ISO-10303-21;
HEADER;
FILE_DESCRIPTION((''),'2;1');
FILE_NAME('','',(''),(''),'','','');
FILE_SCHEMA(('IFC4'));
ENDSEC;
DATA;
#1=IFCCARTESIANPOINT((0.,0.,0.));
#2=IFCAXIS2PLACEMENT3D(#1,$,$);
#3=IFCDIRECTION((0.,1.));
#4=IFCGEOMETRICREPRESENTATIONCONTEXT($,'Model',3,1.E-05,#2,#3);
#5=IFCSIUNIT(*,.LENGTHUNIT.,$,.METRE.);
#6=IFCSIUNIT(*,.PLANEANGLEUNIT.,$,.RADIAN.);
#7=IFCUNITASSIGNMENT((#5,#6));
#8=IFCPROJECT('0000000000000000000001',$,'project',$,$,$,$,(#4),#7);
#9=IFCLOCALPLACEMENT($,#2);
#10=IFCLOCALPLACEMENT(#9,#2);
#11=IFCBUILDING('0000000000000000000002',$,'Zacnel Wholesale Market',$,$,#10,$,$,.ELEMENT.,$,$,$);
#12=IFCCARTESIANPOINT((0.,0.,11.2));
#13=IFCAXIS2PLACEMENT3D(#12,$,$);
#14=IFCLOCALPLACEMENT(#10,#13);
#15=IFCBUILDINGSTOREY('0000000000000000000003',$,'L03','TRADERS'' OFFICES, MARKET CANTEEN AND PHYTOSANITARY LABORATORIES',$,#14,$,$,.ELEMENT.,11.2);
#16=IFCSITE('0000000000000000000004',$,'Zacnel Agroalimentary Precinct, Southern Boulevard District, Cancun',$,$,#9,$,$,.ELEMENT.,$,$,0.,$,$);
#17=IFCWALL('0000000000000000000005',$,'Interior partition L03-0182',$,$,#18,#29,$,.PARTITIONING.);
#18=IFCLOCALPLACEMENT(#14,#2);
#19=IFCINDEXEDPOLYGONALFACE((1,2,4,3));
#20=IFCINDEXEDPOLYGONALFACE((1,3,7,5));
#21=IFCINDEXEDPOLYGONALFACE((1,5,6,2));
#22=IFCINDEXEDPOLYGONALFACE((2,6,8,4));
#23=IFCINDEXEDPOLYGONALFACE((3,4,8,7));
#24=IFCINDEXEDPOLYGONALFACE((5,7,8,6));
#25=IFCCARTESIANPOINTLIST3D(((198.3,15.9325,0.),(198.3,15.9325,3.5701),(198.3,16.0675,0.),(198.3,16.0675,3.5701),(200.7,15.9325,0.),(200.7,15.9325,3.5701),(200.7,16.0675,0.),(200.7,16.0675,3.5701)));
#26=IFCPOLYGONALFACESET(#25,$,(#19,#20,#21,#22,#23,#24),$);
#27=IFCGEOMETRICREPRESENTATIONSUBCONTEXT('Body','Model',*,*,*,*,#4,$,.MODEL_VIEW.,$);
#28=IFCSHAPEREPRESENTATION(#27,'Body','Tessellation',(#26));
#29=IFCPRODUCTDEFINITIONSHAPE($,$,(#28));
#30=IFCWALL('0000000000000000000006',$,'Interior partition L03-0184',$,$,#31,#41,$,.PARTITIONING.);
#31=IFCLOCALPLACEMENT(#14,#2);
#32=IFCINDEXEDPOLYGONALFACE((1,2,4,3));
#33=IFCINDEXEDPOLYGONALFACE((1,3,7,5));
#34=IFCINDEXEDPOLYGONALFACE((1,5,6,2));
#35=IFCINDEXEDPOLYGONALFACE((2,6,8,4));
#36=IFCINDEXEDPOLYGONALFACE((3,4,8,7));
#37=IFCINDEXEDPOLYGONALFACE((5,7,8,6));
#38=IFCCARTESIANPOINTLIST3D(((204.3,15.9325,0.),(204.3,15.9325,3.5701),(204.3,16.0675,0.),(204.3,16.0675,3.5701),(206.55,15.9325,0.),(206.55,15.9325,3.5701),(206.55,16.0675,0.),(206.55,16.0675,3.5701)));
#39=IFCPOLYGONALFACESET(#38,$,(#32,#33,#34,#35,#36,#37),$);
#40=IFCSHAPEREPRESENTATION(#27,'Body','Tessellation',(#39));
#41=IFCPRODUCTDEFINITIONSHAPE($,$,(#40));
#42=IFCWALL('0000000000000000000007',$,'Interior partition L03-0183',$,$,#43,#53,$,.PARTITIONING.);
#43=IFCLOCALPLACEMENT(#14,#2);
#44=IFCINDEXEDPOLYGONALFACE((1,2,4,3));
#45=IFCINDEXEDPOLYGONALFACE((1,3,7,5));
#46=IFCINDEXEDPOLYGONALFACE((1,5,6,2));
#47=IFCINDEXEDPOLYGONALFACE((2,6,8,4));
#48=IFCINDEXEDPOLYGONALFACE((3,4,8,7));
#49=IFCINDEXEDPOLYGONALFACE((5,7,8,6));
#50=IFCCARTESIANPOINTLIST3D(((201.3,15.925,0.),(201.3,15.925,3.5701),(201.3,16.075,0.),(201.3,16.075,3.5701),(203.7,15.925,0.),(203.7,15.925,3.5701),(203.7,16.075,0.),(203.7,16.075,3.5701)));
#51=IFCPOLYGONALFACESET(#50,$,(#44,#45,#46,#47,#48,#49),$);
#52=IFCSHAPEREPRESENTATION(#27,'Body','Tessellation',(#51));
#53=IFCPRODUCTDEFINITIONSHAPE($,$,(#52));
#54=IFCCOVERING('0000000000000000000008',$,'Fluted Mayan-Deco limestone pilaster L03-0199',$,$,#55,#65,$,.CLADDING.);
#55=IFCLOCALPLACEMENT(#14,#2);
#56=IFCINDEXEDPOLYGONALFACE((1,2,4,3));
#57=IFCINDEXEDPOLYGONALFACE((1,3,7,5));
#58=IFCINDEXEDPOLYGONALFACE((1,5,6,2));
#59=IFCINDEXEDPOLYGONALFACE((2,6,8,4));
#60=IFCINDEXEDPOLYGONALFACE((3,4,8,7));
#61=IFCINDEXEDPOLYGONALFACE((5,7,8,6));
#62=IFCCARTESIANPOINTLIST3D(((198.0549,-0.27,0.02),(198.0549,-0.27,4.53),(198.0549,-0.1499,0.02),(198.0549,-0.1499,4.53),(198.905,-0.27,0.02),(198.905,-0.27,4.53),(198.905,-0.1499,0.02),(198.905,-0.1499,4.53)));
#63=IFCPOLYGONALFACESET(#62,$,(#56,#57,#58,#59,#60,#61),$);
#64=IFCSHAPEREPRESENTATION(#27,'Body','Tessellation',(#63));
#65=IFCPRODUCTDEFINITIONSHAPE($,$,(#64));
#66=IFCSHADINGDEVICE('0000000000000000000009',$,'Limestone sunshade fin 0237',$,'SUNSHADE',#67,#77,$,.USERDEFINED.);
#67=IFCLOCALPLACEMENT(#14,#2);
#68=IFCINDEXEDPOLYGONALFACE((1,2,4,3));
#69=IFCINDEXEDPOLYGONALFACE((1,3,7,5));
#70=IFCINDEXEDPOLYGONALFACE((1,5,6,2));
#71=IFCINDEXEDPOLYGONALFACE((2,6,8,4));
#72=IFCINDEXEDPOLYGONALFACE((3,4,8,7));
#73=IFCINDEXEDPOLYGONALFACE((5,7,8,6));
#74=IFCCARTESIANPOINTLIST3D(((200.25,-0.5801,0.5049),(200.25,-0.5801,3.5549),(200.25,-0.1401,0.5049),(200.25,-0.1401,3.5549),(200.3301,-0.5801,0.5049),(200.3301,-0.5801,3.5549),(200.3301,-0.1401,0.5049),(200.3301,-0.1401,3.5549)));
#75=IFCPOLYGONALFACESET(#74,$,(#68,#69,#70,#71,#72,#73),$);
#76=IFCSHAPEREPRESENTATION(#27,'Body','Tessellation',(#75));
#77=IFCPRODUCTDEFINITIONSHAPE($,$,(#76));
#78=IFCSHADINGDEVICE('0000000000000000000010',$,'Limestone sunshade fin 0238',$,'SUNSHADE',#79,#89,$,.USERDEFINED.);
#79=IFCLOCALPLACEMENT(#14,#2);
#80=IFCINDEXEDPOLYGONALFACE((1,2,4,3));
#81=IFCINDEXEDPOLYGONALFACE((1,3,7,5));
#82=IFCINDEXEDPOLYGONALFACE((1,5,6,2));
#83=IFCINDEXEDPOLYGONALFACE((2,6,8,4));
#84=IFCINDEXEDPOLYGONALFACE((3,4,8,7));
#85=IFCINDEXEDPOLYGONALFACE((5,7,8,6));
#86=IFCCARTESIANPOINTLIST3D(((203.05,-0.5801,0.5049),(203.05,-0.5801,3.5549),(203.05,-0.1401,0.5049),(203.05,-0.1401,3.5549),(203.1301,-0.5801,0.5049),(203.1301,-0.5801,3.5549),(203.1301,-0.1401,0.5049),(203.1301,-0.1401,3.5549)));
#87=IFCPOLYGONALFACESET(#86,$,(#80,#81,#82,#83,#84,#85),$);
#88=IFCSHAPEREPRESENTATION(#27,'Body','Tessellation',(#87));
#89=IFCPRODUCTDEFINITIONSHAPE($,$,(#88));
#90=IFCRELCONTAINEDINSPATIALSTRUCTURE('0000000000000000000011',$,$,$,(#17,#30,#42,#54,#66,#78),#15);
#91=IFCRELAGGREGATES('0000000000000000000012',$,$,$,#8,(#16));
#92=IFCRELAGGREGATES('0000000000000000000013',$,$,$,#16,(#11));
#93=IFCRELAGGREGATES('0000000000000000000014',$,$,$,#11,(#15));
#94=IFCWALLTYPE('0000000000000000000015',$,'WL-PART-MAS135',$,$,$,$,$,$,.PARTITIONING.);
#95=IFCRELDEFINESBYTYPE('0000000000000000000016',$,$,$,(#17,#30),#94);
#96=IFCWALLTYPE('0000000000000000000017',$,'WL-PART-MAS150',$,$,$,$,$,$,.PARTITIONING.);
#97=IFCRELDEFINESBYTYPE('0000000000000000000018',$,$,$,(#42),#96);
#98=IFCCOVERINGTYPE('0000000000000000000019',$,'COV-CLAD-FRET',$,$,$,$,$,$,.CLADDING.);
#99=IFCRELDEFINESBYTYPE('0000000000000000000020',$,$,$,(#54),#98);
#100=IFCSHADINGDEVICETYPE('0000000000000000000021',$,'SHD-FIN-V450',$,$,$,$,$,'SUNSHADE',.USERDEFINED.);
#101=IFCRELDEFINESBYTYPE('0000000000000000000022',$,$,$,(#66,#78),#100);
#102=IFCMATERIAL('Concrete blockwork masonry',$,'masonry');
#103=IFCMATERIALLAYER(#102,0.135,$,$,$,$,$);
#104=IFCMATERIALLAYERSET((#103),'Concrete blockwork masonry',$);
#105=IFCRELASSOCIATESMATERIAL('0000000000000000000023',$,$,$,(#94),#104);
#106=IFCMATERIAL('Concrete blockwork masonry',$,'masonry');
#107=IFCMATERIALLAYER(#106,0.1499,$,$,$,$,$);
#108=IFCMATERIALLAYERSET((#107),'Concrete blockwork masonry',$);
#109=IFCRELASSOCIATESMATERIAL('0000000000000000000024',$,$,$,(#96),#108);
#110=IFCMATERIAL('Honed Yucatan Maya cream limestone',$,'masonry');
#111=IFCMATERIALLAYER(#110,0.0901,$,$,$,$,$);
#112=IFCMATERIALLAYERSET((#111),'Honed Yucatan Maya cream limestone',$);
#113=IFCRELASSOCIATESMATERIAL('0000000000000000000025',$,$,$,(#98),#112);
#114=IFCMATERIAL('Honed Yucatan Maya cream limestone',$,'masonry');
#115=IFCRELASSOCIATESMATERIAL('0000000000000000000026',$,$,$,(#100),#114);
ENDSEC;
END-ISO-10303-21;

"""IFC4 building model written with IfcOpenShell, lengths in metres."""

from ifc_helpers import new_model, si_unit, direction, frame, frame_2d, origin, origin_2d, place, context, subcontext, project, spatial, rectangle, extrude, material, layer, layer_set, type_object, element, save


model = new_model("IFC4")

# Units and contexts
model_context = context("Model", 3, precision=1e-05, world=origin(), true_north=direction((0.0, 1.0)))
body_context = subcontext(model_context, "Body", "Model", "MODEL_VIEW")
ifc_project = project(units=[si_unit("LENGTHUNIT", "METRE"), si_unit("PLANEANGLEUNIT", "RADIAN")], contexts=[model_context])

# Site, building, storey
site_placement = place(None, origin())
site = spatial("IfcSite", under=ifc_project, at=site_placement, Name="Zacnel Agroalimentary Precinct, Southern Boulevard District, Cancun", CompositionType="ELEMENT", RefElevation=0.0)
building_placement = place(site_placement, origin())
building = spatial("IfcBuilding", under=site, at=building_placement, Name="Zacnel Wholesale Market", CompositionType="ELEMENT")
storey_placement = place(building_placement, frame((0.0, 0.0, 11.2)))
storey = spatial("IfcBuildingStorey", under=building, at=storey_placement, Name="L03", Description="TRADERS' OFFICES, MARKET CANTEEN AND PHYTOSANITARY LABORATORIES", CompositionType="ELEMENT", Elevation=11.2)

# Walls
ifc_material_1 = material(Name="Concrete blockwork masonry", Category="masonry")
ifc_layer_1 = layer(ifc_material_1, 0.135)
ifc_layer_set_1 = layer_set([ifc_layer_1], Name="Concrete blockwork masonry")
wall_type_1 = type_object("IfcWallType", Name="WL-PART-MAS135", PredefinedType="PARTITIONING", material=ifc_layer_set_1)
wall_1_placement = place(storey_placement, frame((198.3, 16.0, 0.0), z_axis=(0.0, 0.0, 1.0), x_axis=(1.0, 0.0, 0.0)))
element("IfcWall", 1, at=wall_1_placement, inside=storey, type_object=wall_type_1, Name="Interior partition L03-0182", PredefinedType="PARTITIONING", context=body_context, shape_type="SweptSolid", body=[
    extrude(rectangle(XDim=2.3999, YDim=0.135, at=frame_2d((1.2, 0.0))), origin(), (0.0, 0.0, 1.0), 3.5701),
])
wall_2_placement = place(storey_placement, frame((204.3, 16.0, 0.0), z_axis=(0.0, 0.0, 1.0), x_axis=(1.0, 0.0, 0.0)))
element("IfcWall", 2, at=wall_2_placement, inside=storey, type_object=wall_type_1, Name="Interior partition L03-0184", PredefinedType="PARTITIONING", context=body_context, shape_type="SweptSolid", body=[
    extrude(rectangle(XDim=2.25, YDim=0.135, at=frame_2d((1.125, 0.0))), origin(), (0.0, 0.0, 1.0), 3.5701),
])
ifc_material_2 = material(Name="Concrete blockwork masonry", Category="masonry")
ifc_layer_2 = layer(ifc_material_2, 0.1499)
ifc_layer_set_2 = layer_set([ifc_layer_2], Name="Concrete blockwork masonry")
wall_type_2 = type_object("IfcWallType", Name="WL-PART-MAS150", PredefinedType="PARTITIONING", material=ifc_layer_set_2)
wall_3_placement = place(storey_placement, frame((201.3, 16.0, 0.0), z_axis=(0.0, 0.0, 1.0), x_axis=(1.0, 0.0, 0.0)))
element("IfcWall", 3, at=wall_3_placement, inside=storey, type_object=wall_type_2, Name="Interior partition L03-0183", PredefinedType="PARTITIONING", context=body_context, shape_type="SweptSolid", body=[
    extrude(rectangle(XDim=2.3999, YDim=0.1499, at=frame_2d((1.2, 0.0))), origin(), (0.0, 0.0, 1.0), 3.5701),
])

# Covering
ifc_material_3 = material(Name="Honed Yucatan Maya cream limestone", Category="masonry")
ifc_layer_3 = layer(ifc_material_3, 0.0901)
ifc_layer_set_3 = layer_set([ifc_layer_3], Name="Honed Yucatan Maya cream limestone")
covering_type = type_object("IfcCoveringType", Name="COV-CLAD-FRET", PredefinedType="CLADDING", material=ifc_layer_set_3)
covering_placement = place(storey_placement, frame((198.48, -0.21, 0.02), z_axis=(0.0, 0.0, 1.0), x_axis=(1.0, 0.0, 0.0)))
element("IfcCovering", 4, at=covering_placement, inside=storey, type_object=covering_type, Name="Fluted Mayan-Deco limestone pilaster L03-0199", PredefinedType="CLADDING", context=body_context, shape_type="SweptSolid", body=[
    extrude(rectangle(XDim=0.8501, YDim=0.1201, at=origin_2d()), origin(), (0.0, 0.0, 1.0), 4.51),
])

# Shading devices
ifc_material_4 = material(Name="Honed Yucatan Maya cream limestone", Category="masonry")
shading_device_type = type_object("IfcShadingDeviceType", Name="SHD-FIN-V450", ElementType="SUNSHADE", PredefinedType="USERDEFINED", material=ifc_material_4)
for number, where, z_axis, x_axis, name in (
    (5, (200.29, -0.3601, 0.5049), (0.0, 0.0, 1.0), (1.0, 0.0, 0.0), "Limestone sunshade fin 0237"),
    (6, (203.0901, -0.3601, 0.5049), (0.0, 0.0, 1.0), (1.0, 0.0, 0.0), "Limestone sunshade fin 0238"),
):
    element("IfcShadingDevice", number, at=place(storey_placement, frame(where, z_axis=z_axis, x_axis=x_axis)), inside=storey, type_object=shading_device_type, Name=name, ObjectType="SUNSHADE", PredefinedType="USERDEFINED", context=body_context, shape_type="SweptSolid", body=[
        extrude(rectangle(XDim=0.0801, YDim=0.4399, at=origin_2d()), origin(), (0.0, 0.0, 1.0), 3.05),
    ])

save(model, "model.ifc")
